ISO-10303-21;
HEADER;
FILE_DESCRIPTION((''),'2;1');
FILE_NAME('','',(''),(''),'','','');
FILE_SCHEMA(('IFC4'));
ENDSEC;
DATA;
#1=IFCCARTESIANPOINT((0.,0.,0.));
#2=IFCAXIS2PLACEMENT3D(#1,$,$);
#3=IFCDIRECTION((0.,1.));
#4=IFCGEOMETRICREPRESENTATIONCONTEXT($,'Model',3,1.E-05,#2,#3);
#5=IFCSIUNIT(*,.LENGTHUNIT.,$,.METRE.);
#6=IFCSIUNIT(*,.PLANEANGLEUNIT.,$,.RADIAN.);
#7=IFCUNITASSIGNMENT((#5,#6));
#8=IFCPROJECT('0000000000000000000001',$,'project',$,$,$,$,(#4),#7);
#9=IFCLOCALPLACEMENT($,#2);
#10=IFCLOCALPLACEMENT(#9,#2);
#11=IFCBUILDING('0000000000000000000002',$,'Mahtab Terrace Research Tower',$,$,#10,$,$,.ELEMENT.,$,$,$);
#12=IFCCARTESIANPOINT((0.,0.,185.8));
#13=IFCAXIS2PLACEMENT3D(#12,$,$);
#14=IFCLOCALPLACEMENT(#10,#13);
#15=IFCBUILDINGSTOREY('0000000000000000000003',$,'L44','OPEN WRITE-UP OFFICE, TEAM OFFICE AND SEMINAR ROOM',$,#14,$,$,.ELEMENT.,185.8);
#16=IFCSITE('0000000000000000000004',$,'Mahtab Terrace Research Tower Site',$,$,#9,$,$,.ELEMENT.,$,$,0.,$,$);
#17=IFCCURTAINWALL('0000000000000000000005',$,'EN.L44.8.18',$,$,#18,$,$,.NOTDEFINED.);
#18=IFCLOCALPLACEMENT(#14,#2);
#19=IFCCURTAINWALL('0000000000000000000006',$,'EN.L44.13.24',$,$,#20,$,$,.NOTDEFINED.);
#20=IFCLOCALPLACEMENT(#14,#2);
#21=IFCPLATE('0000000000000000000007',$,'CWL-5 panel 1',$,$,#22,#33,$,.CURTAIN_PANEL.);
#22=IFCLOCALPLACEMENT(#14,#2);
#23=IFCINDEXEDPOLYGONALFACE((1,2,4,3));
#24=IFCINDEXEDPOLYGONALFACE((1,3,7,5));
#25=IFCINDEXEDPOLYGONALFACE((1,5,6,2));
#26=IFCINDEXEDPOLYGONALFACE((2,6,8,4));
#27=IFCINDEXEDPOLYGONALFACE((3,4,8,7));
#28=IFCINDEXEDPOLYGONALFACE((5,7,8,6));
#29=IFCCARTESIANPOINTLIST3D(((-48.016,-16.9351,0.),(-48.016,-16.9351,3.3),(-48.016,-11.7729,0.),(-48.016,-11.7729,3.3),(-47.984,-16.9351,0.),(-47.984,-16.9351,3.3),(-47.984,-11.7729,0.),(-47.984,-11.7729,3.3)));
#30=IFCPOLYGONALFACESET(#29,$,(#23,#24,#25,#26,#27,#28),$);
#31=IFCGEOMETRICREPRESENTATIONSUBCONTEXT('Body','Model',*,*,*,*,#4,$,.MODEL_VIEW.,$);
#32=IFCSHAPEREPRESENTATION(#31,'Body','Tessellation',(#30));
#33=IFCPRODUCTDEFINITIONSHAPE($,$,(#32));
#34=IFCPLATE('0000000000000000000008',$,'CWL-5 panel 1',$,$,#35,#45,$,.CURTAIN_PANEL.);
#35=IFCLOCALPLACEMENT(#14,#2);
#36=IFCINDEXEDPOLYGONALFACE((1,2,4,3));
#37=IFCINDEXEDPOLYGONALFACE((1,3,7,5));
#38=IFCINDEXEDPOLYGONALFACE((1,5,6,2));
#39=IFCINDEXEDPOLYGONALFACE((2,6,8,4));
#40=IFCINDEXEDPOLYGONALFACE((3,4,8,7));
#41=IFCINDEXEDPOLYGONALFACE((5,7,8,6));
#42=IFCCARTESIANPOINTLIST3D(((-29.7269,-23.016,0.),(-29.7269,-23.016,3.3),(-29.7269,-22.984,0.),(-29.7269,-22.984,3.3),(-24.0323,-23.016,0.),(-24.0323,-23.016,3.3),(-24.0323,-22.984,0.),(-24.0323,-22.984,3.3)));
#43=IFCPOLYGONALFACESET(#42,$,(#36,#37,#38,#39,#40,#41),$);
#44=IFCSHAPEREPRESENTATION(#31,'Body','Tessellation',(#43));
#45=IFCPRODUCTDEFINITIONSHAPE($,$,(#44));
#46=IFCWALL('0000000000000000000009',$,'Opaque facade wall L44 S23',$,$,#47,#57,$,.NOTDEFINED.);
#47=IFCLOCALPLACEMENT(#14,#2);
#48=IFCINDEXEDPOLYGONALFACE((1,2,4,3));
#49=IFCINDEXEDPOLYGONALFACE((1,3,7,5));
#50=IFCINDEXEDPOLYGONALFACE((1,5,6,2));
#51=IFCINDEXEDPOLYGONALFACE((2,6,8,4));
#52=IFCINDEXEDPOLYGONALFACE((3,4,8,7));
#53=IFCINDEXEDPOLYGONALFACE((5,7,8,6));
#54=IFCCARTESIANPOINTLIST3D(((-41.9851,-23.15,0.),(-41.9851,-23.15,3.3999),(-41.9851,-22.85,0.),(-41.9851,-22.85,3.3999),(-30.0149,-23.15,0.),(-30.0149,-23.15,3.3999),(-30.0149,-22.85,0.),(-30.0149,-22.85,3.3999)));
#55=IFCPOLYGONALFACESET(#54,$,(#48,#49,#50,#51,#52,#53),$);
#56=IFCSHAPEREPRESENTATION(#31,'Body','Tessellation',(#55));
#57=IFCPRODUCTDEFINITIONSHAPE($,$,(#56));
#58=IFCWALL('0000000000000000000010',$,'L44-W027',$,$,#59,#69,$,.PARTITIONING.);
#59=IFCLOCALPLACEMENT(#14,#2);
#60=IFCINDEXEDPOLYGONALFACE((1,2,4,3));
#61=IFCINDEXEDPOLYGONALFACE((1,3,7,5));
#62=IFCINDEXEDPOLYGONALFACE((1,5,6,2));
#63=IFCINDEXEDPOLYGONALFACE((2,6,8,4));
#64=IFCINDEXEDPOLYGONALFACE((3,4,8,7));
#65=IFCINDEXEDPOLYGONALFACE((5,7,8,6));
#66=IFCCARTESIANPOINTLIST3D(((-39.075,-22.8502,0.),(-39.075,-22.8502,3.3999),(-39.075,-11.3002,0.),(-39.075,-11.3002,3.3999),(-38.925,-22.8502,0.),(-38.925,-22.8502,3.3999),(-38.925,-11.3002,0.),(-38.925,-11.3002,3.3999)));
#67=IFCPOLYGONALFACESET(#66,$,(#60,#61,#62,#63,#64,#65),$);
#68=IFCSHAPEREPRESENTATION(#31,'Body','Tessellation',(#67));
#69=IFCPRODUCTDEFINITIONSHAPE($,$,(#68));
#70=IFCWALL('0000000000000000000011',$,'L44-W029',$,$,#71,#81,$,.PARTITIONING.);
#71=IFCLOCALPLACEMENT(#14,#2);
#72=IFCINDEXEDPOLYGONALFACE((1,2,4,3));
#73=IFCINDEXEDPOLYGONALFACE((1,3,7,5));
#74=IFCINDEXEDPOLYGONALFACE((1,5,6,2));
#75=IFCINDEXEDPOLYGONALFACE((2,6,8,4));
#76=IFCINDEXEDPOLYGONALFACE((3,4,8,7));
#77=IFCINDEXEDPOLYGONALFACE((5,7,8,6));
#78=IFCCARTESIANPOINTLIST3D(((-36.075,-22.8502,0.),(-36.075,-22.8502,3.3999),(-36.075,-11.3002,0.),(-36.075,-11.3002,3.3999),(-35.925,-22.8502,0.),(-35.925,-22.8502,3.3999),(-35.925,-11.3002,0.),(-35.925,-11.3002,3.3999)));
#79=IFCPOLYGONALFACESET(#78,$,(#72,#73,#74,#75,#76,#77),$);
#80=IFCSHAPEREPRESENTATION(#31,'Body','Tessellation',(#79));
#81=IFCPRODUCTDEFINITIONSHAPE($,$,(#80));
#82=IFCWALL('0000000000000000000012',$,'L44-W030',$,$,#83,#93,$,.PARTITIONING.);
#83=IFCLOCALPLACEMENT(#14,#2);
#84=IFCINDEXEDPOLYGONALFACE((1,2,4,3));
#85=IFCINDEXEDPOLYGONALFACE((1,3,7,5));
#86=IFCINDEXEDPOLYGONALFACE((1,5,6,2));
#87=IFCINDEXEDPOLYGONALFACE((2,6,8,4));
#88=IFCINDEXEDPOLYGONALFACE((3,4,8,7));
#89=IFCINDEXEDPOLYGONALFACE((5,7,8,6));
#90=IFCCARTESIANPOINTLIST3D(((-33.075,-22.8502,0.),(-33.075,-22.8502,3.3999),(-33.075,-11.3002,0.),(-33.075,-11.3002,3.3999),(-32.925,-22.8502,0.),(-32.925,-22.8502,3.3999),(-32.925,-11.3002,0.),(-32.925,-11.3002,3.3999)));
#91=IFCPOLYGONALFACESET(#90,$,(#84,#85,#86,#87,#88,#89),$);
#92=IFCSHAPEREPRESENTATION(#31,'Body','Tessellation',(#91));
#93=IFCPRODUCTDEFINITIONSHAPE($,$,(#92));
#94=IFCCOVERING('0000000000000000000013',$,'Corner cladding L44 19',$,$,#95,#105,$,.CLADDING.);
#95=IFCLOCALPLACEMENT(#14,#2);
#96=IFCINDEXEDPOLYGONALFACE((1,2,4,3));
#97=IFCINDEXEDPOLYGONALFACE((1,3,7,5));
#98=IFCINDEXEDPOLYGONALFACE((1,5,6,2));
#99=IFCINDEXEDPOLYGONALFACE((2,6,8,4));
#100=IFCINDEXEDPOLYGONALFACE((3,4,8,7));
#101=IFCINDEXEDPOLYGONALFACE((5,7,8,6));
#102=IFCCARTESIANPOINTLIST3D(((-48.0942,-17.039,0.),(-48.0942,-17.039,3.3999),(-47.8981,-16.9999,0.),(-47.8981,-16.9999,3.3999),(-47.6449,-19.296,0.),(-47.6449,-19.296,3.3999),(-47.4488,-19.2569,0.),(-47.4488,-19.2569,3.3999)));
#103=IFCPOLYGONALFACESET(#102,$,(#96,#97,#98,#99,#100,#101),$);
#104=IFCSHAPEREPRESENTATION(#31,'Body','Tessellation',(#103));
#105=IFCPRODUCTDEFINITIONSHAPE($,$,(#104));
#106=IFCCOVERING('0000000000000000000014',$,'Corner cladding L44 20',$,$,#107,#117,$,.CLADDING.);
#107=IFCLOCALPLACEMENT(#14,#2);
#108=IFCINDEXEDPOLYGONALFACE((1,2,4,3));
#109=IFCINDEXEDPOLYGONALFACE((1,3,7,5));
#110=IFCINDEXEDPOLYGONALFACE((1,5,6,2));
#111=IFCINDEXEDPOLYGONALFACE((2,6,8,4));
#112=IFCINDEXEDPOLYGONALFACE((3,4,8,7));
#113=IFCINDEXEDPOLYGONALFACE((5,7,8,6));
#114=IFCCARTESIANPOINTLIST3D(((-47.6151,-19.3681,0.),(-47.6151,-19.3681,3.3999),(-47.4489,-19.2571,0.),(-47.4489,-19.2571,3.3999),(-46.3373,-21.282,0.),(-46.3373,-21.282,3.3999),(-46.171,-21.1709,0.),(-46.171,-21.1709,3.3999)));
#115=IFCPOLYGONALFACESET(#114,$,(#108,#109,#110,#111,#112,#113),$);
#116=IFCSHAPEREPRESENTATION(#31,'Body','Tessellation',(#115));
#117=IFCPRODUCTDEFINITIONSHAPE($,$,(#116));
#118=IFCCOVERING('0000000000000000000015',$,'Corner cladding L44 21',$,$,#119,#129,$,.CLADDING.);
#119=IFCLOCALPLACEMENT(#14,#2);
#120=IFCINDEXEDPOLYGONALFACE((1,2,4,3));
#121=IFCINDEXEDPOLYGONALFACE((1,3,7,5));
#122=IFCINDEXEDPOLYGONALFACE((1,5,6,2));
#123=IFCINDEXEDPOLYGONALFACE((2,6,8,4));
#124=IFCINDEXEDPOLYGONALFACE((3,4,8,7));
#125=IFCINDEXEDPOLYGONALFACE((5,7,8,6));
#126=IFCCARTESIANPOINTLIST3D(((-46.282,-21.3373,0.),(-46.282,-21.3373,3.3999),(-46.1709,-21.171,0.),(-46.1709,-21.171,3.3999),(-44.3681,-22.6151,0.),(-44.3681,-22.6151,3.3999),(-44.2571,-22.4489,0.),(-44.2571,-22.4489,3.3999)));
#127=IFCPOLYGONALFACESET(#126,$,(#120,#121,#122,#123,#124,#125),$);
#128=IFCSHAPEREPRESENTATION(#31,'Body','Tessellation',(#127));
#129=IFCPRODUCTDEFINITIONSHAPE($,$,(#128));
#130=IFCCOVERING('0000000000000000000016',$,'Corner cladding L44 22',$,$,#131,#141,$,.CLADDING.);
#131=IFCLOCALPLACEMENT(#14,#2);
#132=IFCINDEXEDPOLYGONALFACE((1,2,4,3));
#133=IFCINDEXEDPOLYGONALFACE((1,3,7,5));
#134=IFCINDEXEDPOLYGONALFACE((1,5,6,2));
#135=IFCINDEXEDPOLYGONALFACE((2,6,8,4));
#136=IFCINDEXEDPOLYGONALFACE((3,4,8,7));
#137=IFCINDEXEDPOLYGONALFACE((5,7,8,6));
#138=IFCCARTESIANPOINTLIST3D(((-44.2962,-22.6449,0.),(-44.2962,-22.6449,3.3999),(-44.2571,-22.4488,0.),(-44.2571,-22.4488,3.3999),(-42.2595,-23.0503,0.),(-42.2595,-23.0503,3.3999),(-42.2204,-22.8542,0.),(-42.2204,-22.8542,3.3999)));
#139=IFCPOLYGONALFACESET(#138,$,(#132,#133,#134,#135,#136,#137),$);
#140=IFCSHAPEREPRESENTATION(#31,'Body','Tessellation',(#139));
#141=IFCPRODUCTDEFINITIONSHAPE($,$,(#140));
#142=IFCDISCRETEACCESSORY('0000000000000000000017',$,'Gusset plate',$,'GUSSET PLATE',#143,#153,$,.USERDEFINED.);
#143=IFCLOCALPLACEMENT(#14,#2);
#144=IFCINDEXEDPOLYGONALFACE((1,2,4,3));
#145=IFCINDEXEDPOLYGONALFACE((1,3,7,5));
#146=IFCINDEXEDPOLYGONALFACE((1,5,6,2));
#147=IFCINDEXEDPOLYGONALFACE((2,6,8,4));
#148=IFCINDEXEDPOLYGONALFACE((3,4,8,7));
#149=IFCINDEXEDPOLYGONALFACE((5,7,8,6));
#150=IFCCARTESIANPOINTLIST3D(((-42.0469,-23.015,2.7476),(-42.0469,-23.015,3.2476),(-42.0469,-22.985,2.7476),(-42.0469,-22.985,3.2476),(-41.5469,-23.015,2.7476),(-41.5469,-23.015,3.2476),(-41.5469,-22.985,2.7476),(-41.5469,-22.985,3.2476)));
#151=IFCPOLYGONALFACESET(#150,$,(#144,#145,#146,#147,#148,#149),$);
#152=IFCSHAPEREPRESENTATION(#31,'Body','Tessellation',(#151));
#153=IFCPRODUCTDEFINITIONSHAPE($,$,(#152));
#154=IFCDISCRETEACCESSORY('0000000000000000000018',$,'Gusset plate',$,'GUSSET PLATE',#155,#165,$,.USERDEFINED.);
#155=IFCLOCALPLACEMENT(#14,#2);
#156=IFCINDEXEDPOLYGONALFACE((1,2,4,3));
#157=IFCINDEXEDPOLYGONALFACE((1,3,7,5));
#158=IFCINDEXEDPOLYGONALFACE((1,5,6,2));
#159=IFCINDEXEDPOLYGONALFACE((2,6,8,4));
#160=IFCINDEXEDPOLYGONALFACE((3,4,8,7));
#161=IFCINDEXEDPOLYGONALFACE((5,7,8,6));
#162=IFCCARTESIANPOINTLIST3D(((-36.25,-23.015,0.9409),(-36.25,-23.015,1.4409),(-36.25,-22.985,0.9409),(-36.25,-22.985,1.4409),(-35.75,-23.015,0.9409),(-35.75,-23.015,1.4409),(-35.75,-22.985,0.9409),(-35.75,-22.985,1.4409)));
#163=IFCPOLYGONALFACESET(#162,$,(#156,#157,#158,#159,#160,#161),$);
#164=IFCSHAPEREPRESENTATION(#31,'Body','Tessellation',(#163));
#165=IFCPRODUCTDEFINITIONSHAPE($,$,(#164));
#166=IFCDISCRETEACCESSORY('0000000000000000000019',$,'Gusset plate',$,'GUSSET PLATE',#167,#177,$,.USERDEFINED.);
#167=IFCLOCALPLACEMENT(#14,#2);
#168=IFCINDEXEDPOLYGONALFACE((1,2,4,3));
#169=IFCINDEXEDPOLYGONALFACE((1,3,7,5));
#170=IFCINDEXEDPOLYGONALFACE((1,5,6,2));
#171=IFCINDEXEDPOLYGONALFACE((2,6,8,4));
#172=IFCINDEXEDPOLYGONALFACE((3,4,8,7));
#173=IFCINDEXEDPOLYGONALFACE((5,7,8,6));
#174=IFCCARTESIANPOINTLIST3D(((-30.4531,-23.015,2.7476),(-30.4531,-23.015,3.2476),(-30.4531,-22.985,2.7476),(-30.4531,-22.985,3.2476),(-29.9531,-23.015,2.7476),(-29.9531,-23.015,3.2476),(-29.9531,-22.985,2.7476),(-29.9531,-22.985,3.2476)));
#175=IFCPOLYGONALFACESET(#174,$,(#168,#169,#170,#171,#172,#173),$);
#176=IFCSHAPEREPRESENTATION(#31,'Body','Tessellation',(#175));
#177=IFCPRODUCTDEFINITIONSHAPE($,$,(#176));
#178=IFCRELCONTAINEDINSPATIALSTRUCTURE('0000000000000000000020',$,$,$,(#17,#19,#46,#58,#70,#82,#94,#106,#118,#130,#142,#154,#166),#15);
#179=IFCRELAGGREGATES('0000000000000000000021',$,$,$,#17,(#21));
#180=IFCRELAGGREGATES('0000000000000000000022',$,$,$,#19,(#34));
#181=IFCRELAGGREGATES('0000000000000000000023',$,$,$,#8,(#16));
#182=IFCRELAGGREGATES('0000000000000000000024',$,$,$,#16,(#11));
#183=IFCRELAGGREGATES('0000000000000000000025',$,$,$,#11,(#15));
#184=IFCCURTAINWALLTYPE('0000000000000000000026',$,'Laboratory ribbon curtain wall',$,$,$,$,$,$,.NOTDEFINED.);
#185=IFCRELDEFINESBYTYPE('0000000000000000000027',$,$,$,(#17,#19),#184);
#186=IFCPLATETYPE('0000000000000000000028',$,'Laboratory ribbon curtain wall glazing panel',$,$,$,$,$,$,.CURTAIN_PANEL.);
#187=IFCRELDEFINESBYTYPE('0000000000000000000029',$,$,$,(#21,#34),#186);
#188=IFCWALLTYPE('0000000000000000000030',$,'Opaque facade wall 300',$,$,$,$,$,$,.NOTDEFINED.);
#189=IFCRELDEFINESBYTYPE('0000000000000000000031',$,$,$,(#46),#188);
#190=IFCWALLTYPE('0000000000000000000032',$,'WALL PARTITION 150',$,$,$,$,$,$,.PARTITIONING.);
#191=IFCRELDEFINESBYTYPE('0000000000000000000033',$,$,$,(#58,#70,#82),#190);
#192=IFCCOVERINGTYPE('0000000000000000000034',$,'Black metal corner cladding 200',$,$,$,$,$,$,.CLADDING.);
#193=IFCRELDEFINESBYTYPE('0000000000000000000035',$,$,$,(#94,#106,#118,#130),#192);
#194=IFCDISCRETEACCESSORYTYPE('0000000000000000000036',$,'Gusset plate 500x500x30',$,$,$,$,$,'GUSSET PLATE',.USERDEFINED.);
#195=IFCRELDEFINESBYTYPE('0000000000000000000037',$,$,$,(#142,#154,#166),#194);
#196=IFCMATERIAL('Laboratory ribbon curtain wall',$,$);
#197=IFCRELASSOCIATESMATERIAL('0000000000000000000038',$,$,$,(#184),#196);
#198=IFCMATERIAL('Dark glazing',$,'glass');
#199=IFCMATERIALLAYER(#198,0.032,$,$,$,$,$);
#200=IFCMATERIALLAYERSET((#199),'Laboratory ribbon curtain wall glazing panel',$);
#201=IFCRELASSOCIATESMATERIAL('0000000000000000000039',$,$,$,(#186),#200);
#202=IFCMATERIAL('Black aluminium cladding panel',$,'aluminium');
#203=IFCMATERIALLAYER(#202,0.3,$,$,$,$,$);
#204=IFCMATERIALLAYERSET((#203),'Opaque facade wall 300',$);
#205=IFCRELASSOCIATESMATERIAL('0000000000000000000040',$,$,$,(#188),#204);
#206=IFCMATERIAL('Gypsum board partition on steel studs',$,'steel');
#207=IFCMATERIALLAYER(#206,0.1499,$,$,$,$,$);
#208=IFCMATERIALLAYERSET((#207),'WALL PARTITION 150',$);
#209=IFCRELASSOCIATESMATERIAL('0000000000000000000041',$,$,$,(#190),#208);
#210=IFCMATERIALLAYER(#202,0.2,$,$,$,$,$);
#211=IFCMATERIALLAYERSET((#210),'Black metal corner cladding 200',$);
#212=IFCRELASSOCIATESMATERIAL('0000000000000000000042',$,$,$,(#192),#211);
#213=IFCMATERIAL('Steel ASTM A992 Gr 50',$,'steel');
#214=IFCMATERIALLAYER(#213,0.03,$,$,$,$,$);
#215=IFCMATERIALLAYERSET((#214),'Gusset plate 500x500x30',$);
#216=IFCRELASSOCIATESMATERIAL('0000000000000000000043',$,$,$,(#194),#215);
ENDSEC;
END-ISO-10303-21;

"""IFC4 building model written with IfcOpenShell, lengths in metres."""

from ifc_helpers import new_model, si_unit, direction, frame, frame_2d, origin, origin_2d, place, context, subcontext, project, spatial, rectangle, extrude, material, layer, layer_set, type_object, element, aggregate, save


model = new_model("IFC4")

# Units and contexts
model_context = context("Model", 3, precision=1e-05, world=origin(), true_north=direction((0.0, 1.0)))
body_context = subcontext(model_context, "Body", "Model", "MODEL_VIEW")
ifc_project = project(units=[si_unit("LENGTHUNIT", "METRE"), si_unit("PLANEANGLEUNIT", "RADIAN")], contexts=[model_context])

# Site, building, storey
site_placement = place(None, origin())
site = spatial("IfcSite", under=ifc_project, at=site_placement, Name="Mahtab Terrace Research Tower Site", CompositionType="ELEMENT", RefElevation=0.0)
building_placement = place(site_placement, origin())
building = spatial("IfcBuilding", under=site, at=building_placement, Name="Mahtab Terrace Research Tower", CompositionType="ELEMENT")
storey_placement = place(building_placement, frame((0.0, 0.0, 185.8)))
storey = spatial("IfcBuildingStorey", under=building, at=storey_placement, Name="L44", Description="OPEN WRITE-UP OFFICE, TEAM OFFICE AND SEMINAR ROOM", CompositionType="ELEMENT", Elevation=185.8)

# Shared definitions
ifc_material_1 = material(Name="Steel ASTM A992 Gr 50", Category="steel")

# Curtain walls
ifc_material_2 = material(Name="Laboratory ribbon curtain wall")
curtain_wall_type = type_object("IfcCurtainWallType", Name="Laboratory ribbon curtain wall", PredefinedType="NOTDEFINED", material=ifc_material_2)
curtain_wall_1_placement = place(storey_placement, origin())
curtain_wall_1 = element("IfcCurtainWall", 1, at=curtain_wall_1_placement, inside=storey, type_object=curtain_wall_type, Name="EN.L44.8.18", PredefinedType="NOTDEFINED")
curtain_wall_2_placement = place(storey_placement, origin())
curtain_wall_2 = element("IfcCurtainWall", 2, at=curtain_wall_2_placement, inside=storey, type_object=curtain_wall_type, Name="EN.L44.13.24", PredefinedType="NOTDEFINED")

# Plates
ifc_material_3 = material(Name="Dark glazing", Category="glass")
ifc_layer_1 = layer(ifc_material_3, 0.032)
ifc_layer_set_1 = layer_set([ifc_layer_1], Name="Laboratory ribbon curtain wall glazing panel")
plate_type = type_object("IfcPlateType", Name="Laboratory ribbon curtain wall glazing panel", PredefinedType="CURTAIN_PANEL", material=ifc_layer_set_1)
plate_1_placement = place(storey_placement, frame((-48.0, -14.354, 0.0), z_axis=(0.0, 0.0, 1.0), x_axis=(0.0, -1.0, 0.0)))
plate_1 = element("IfcPlate", 3, at=plate_1_placement, type_object=plate_type, Name="CWL-5 panel 1", PredefinedType="CURTAIN_PANEL", context=body_context, shape_type="SweptSolid", body=[
    extrude(rectangle(XDim=5.1621, YDim=0.032, at=origin_2d()), origin(), (0.0, 0.0, 1.0), 3.3),
])
aggregate(curtain_wall_1, [plate_1])
plate_2_placement = place(storey_placement, frame((-26.8796, -23.0, 0.0), z_axis=(0.0, 0.0, 1.0), x_axis=(1.0, 0.0, 0.0)))
plate_2 = element("IfcPlate", 4, at=plate_2_placement, type_object=plate_type, Name="CWL-5 panel 1", PredefinedType="CURTAIN_PANEL", context=body_context, shape_type="SweptSolid", body=[
    extrude(rectangle(XDim=5.6946, YDim=0.032, at=origin_2d()), origin(), (0.0, 0.0, 1.0), 3.3),
])
aggregate(curtain_wall_2, [plate_2])

# Walls
ifc_material_4 = material(Name="Black aluminium cladding panel", Category="aluminium")
ifc_layer_2 = layer(ifc_material_4, 0.3)
ifc_layer_set_2 = layer_set([ifc_layer_2], Name="Opaque facade wall 300")
wall_type_1 = type_object("IfcWallType", Name="Opaque facade wall 300", PredefinedType="NOTDEFINED", material=ifc_layer_set_2)
wall_placement = place(storey_placement, frame((-41.9851, -23.0, 0.0), z_axis=(0.0, 0.0, 1.0), x_axis=(1.0, 0.0, 0.0)))
element("IfcWall", 5, at=wall_placement, inside=storey, type_object=wall_type_1, Name="Opaque facade wall L44 S23", PredefinedType="NOTDEFINED", context=body_context, shape_type="SweptSolid", body=[
    extrude(rectangle(XDim=11.9702, YDim=0.3, at=frame_2d((5.9851, 0.0))), origin(), (0.0, 0.0, 1.0), 3.3999),
])
ifc_material_5 = material(Name="Gypsum board partition on steel studs", Category="steel")
ifc_layer_3 = layer(ifc_material_5, 0.1499)
ifc_layer_set_3 = layer_set([ifc_layer_3], Name="WALL PARTITION 150")
wall_type_2 = type_object("IfcWallType", Name="WALL PARTITION 150", PredefinedType="PARTITIONING", material=ifc_layer_set_3)
for number, where, z_axis, x_axis, name in (
    (6, (-39.0, -22.8501, 0.0), (0.0, 0.0, 1.0), (0.0, 1.0, 0.0), "L44-W027"),
    (7, (-36.0, -22.8501, 0.0), (0.0, 0.0, 1.0), (0.0, 1.0, 0.0), "L44-W029"),
    (8, (-33.0, -22.8501, 0.0), (0.0, 0.0, 1.0), (0.0, 1.0, 0.0), "L44-W030"),
):
    element("IfcWall", number, at=place(storey_placement, frame(where, z_axis=z_axis, x_axis=x_axis)), inside=storey, type_object=wall_type_2, Name=name, PredefinedType="PARTITIONING", context=body_context, shape_type="SweptSolid", body=[
        extrude(rectangle(XDim=11.55, YDim=0.1499, at=frame_2d((5.7749, 0.0))), origin(), (0.0, 0.0, 1.0), 3.3999),
    ])

# Coverings
ifc_layer_4 = layer(ifc_material_4, 0.2)
ifc_layer_set_4 = layer_set([ifc_layer_4], Name="Black metal corner cladding 200")
covering_type = type_object("IfcCoveringType", Name="Black metal corner cladding 200", PredefinedType="CLADDING", material=ifc_layer_set_4)
for number, where, z_axis, x_axis, name in (
    (9, (-47.7715, -18.1479, 0.0), (0.0, 0.0, 1.0), (0.195212, -0.980761, 0.0), "Corner cladding L44 19"),
    (10, (-46.8931, -20.2695, 0.0), (0.0, 0.0, 1.0), (0.555291, -0.831656, 0.0), "Corner cladding L44 20"),
    (11, (-45.2695, -21.8931, 0.0), (0.0, 0.0, 1.0), (0.831656, -0.555291, 0.0), "Corner cladding L44 21"),
):
    element("IfcCovering", number, at=place(storey_placement, frame(where, z_axis=z_axis, x_axis=x_axis)), inside=storey, type_object=covering_type, Name=name, PredefinedType="CLADDING", context=body_context, shape_type="SweptSolid", body=[
        extrude(rectangle(XDim=2.3013, YDim=0.2, at=origin_2d()), origin(), (0.0, 0.0, 1.0), 3.3999),
    ])
covering_placement = place(storey_placement, frame((-43.2583, -22.7495, 0.0), z_axis=(0.0, 0.0, 1.0), x_axis=(0.980761, -0.195212, 0.0)))
element("IfcCovering", 12, at=covering_placement, inside=storey, type_object=covering_type, Name="Corner cladding L44 22", PredefinedType="CLADDING", context=body_context, shape_type="SweptSolid", body=[
    extrude(rectangle(XDim=2.0767, YDim=0.2, at=origin_2d()), origin(), (0.0, 0.0, 1.0), 3.3999),
])

# Discrete accessories
ifc_layer_5 = layer(ifc_material_1, 0.03)
ifc_layer_set_5 = layer_set([ifc_layer_5], Name="Gusset plate 500x500x30")
discrete_accessory_type = type_object("IfcDiscreteAccessoryType", Name="Gusset plate 500x500x30", ElementType="GUSSET PLATE", PredefinedType="USERDEFINED", material=ifc_layer_set_5)
for number, where, z_axis, x_axis, name in (
    (13, (-41.7969, -23.0, 2.7476), (0.0, 0.0, 1.0), (1.0, 0.0, 0.0), "Gusset plate"),
    (14, (-36.0, -23.0, 0.9409), (0.0, 0.0, 1.0), (1.0, 0.0, 0.0), "Gusset plate"),
    (15, (-30.2031, -23.0, 2.7476), (0.0, 0.0, 1.0), (1.0, 0.0, 0.0), "Gusset plate"),
):
    element("IfcDiscreteAccessory", number, at=place(storey_placement, frame(where, z_axis=z_axis, x_axis=x_axis)), inside=storey, type_object=discrete_accessory_type, Name=name, ObjectType="GUSSET PLATE", PredefinedType="USERDEFINED", context=body_context, shape_type="SweptSolid", body=[
        extrude(rectangle(XDim=0.5, YDim=0.03, at=origin_2d()), origin(), (0.0, 0.0, 1.0), 0.5),
    ])

save(model, "model.ifc")
